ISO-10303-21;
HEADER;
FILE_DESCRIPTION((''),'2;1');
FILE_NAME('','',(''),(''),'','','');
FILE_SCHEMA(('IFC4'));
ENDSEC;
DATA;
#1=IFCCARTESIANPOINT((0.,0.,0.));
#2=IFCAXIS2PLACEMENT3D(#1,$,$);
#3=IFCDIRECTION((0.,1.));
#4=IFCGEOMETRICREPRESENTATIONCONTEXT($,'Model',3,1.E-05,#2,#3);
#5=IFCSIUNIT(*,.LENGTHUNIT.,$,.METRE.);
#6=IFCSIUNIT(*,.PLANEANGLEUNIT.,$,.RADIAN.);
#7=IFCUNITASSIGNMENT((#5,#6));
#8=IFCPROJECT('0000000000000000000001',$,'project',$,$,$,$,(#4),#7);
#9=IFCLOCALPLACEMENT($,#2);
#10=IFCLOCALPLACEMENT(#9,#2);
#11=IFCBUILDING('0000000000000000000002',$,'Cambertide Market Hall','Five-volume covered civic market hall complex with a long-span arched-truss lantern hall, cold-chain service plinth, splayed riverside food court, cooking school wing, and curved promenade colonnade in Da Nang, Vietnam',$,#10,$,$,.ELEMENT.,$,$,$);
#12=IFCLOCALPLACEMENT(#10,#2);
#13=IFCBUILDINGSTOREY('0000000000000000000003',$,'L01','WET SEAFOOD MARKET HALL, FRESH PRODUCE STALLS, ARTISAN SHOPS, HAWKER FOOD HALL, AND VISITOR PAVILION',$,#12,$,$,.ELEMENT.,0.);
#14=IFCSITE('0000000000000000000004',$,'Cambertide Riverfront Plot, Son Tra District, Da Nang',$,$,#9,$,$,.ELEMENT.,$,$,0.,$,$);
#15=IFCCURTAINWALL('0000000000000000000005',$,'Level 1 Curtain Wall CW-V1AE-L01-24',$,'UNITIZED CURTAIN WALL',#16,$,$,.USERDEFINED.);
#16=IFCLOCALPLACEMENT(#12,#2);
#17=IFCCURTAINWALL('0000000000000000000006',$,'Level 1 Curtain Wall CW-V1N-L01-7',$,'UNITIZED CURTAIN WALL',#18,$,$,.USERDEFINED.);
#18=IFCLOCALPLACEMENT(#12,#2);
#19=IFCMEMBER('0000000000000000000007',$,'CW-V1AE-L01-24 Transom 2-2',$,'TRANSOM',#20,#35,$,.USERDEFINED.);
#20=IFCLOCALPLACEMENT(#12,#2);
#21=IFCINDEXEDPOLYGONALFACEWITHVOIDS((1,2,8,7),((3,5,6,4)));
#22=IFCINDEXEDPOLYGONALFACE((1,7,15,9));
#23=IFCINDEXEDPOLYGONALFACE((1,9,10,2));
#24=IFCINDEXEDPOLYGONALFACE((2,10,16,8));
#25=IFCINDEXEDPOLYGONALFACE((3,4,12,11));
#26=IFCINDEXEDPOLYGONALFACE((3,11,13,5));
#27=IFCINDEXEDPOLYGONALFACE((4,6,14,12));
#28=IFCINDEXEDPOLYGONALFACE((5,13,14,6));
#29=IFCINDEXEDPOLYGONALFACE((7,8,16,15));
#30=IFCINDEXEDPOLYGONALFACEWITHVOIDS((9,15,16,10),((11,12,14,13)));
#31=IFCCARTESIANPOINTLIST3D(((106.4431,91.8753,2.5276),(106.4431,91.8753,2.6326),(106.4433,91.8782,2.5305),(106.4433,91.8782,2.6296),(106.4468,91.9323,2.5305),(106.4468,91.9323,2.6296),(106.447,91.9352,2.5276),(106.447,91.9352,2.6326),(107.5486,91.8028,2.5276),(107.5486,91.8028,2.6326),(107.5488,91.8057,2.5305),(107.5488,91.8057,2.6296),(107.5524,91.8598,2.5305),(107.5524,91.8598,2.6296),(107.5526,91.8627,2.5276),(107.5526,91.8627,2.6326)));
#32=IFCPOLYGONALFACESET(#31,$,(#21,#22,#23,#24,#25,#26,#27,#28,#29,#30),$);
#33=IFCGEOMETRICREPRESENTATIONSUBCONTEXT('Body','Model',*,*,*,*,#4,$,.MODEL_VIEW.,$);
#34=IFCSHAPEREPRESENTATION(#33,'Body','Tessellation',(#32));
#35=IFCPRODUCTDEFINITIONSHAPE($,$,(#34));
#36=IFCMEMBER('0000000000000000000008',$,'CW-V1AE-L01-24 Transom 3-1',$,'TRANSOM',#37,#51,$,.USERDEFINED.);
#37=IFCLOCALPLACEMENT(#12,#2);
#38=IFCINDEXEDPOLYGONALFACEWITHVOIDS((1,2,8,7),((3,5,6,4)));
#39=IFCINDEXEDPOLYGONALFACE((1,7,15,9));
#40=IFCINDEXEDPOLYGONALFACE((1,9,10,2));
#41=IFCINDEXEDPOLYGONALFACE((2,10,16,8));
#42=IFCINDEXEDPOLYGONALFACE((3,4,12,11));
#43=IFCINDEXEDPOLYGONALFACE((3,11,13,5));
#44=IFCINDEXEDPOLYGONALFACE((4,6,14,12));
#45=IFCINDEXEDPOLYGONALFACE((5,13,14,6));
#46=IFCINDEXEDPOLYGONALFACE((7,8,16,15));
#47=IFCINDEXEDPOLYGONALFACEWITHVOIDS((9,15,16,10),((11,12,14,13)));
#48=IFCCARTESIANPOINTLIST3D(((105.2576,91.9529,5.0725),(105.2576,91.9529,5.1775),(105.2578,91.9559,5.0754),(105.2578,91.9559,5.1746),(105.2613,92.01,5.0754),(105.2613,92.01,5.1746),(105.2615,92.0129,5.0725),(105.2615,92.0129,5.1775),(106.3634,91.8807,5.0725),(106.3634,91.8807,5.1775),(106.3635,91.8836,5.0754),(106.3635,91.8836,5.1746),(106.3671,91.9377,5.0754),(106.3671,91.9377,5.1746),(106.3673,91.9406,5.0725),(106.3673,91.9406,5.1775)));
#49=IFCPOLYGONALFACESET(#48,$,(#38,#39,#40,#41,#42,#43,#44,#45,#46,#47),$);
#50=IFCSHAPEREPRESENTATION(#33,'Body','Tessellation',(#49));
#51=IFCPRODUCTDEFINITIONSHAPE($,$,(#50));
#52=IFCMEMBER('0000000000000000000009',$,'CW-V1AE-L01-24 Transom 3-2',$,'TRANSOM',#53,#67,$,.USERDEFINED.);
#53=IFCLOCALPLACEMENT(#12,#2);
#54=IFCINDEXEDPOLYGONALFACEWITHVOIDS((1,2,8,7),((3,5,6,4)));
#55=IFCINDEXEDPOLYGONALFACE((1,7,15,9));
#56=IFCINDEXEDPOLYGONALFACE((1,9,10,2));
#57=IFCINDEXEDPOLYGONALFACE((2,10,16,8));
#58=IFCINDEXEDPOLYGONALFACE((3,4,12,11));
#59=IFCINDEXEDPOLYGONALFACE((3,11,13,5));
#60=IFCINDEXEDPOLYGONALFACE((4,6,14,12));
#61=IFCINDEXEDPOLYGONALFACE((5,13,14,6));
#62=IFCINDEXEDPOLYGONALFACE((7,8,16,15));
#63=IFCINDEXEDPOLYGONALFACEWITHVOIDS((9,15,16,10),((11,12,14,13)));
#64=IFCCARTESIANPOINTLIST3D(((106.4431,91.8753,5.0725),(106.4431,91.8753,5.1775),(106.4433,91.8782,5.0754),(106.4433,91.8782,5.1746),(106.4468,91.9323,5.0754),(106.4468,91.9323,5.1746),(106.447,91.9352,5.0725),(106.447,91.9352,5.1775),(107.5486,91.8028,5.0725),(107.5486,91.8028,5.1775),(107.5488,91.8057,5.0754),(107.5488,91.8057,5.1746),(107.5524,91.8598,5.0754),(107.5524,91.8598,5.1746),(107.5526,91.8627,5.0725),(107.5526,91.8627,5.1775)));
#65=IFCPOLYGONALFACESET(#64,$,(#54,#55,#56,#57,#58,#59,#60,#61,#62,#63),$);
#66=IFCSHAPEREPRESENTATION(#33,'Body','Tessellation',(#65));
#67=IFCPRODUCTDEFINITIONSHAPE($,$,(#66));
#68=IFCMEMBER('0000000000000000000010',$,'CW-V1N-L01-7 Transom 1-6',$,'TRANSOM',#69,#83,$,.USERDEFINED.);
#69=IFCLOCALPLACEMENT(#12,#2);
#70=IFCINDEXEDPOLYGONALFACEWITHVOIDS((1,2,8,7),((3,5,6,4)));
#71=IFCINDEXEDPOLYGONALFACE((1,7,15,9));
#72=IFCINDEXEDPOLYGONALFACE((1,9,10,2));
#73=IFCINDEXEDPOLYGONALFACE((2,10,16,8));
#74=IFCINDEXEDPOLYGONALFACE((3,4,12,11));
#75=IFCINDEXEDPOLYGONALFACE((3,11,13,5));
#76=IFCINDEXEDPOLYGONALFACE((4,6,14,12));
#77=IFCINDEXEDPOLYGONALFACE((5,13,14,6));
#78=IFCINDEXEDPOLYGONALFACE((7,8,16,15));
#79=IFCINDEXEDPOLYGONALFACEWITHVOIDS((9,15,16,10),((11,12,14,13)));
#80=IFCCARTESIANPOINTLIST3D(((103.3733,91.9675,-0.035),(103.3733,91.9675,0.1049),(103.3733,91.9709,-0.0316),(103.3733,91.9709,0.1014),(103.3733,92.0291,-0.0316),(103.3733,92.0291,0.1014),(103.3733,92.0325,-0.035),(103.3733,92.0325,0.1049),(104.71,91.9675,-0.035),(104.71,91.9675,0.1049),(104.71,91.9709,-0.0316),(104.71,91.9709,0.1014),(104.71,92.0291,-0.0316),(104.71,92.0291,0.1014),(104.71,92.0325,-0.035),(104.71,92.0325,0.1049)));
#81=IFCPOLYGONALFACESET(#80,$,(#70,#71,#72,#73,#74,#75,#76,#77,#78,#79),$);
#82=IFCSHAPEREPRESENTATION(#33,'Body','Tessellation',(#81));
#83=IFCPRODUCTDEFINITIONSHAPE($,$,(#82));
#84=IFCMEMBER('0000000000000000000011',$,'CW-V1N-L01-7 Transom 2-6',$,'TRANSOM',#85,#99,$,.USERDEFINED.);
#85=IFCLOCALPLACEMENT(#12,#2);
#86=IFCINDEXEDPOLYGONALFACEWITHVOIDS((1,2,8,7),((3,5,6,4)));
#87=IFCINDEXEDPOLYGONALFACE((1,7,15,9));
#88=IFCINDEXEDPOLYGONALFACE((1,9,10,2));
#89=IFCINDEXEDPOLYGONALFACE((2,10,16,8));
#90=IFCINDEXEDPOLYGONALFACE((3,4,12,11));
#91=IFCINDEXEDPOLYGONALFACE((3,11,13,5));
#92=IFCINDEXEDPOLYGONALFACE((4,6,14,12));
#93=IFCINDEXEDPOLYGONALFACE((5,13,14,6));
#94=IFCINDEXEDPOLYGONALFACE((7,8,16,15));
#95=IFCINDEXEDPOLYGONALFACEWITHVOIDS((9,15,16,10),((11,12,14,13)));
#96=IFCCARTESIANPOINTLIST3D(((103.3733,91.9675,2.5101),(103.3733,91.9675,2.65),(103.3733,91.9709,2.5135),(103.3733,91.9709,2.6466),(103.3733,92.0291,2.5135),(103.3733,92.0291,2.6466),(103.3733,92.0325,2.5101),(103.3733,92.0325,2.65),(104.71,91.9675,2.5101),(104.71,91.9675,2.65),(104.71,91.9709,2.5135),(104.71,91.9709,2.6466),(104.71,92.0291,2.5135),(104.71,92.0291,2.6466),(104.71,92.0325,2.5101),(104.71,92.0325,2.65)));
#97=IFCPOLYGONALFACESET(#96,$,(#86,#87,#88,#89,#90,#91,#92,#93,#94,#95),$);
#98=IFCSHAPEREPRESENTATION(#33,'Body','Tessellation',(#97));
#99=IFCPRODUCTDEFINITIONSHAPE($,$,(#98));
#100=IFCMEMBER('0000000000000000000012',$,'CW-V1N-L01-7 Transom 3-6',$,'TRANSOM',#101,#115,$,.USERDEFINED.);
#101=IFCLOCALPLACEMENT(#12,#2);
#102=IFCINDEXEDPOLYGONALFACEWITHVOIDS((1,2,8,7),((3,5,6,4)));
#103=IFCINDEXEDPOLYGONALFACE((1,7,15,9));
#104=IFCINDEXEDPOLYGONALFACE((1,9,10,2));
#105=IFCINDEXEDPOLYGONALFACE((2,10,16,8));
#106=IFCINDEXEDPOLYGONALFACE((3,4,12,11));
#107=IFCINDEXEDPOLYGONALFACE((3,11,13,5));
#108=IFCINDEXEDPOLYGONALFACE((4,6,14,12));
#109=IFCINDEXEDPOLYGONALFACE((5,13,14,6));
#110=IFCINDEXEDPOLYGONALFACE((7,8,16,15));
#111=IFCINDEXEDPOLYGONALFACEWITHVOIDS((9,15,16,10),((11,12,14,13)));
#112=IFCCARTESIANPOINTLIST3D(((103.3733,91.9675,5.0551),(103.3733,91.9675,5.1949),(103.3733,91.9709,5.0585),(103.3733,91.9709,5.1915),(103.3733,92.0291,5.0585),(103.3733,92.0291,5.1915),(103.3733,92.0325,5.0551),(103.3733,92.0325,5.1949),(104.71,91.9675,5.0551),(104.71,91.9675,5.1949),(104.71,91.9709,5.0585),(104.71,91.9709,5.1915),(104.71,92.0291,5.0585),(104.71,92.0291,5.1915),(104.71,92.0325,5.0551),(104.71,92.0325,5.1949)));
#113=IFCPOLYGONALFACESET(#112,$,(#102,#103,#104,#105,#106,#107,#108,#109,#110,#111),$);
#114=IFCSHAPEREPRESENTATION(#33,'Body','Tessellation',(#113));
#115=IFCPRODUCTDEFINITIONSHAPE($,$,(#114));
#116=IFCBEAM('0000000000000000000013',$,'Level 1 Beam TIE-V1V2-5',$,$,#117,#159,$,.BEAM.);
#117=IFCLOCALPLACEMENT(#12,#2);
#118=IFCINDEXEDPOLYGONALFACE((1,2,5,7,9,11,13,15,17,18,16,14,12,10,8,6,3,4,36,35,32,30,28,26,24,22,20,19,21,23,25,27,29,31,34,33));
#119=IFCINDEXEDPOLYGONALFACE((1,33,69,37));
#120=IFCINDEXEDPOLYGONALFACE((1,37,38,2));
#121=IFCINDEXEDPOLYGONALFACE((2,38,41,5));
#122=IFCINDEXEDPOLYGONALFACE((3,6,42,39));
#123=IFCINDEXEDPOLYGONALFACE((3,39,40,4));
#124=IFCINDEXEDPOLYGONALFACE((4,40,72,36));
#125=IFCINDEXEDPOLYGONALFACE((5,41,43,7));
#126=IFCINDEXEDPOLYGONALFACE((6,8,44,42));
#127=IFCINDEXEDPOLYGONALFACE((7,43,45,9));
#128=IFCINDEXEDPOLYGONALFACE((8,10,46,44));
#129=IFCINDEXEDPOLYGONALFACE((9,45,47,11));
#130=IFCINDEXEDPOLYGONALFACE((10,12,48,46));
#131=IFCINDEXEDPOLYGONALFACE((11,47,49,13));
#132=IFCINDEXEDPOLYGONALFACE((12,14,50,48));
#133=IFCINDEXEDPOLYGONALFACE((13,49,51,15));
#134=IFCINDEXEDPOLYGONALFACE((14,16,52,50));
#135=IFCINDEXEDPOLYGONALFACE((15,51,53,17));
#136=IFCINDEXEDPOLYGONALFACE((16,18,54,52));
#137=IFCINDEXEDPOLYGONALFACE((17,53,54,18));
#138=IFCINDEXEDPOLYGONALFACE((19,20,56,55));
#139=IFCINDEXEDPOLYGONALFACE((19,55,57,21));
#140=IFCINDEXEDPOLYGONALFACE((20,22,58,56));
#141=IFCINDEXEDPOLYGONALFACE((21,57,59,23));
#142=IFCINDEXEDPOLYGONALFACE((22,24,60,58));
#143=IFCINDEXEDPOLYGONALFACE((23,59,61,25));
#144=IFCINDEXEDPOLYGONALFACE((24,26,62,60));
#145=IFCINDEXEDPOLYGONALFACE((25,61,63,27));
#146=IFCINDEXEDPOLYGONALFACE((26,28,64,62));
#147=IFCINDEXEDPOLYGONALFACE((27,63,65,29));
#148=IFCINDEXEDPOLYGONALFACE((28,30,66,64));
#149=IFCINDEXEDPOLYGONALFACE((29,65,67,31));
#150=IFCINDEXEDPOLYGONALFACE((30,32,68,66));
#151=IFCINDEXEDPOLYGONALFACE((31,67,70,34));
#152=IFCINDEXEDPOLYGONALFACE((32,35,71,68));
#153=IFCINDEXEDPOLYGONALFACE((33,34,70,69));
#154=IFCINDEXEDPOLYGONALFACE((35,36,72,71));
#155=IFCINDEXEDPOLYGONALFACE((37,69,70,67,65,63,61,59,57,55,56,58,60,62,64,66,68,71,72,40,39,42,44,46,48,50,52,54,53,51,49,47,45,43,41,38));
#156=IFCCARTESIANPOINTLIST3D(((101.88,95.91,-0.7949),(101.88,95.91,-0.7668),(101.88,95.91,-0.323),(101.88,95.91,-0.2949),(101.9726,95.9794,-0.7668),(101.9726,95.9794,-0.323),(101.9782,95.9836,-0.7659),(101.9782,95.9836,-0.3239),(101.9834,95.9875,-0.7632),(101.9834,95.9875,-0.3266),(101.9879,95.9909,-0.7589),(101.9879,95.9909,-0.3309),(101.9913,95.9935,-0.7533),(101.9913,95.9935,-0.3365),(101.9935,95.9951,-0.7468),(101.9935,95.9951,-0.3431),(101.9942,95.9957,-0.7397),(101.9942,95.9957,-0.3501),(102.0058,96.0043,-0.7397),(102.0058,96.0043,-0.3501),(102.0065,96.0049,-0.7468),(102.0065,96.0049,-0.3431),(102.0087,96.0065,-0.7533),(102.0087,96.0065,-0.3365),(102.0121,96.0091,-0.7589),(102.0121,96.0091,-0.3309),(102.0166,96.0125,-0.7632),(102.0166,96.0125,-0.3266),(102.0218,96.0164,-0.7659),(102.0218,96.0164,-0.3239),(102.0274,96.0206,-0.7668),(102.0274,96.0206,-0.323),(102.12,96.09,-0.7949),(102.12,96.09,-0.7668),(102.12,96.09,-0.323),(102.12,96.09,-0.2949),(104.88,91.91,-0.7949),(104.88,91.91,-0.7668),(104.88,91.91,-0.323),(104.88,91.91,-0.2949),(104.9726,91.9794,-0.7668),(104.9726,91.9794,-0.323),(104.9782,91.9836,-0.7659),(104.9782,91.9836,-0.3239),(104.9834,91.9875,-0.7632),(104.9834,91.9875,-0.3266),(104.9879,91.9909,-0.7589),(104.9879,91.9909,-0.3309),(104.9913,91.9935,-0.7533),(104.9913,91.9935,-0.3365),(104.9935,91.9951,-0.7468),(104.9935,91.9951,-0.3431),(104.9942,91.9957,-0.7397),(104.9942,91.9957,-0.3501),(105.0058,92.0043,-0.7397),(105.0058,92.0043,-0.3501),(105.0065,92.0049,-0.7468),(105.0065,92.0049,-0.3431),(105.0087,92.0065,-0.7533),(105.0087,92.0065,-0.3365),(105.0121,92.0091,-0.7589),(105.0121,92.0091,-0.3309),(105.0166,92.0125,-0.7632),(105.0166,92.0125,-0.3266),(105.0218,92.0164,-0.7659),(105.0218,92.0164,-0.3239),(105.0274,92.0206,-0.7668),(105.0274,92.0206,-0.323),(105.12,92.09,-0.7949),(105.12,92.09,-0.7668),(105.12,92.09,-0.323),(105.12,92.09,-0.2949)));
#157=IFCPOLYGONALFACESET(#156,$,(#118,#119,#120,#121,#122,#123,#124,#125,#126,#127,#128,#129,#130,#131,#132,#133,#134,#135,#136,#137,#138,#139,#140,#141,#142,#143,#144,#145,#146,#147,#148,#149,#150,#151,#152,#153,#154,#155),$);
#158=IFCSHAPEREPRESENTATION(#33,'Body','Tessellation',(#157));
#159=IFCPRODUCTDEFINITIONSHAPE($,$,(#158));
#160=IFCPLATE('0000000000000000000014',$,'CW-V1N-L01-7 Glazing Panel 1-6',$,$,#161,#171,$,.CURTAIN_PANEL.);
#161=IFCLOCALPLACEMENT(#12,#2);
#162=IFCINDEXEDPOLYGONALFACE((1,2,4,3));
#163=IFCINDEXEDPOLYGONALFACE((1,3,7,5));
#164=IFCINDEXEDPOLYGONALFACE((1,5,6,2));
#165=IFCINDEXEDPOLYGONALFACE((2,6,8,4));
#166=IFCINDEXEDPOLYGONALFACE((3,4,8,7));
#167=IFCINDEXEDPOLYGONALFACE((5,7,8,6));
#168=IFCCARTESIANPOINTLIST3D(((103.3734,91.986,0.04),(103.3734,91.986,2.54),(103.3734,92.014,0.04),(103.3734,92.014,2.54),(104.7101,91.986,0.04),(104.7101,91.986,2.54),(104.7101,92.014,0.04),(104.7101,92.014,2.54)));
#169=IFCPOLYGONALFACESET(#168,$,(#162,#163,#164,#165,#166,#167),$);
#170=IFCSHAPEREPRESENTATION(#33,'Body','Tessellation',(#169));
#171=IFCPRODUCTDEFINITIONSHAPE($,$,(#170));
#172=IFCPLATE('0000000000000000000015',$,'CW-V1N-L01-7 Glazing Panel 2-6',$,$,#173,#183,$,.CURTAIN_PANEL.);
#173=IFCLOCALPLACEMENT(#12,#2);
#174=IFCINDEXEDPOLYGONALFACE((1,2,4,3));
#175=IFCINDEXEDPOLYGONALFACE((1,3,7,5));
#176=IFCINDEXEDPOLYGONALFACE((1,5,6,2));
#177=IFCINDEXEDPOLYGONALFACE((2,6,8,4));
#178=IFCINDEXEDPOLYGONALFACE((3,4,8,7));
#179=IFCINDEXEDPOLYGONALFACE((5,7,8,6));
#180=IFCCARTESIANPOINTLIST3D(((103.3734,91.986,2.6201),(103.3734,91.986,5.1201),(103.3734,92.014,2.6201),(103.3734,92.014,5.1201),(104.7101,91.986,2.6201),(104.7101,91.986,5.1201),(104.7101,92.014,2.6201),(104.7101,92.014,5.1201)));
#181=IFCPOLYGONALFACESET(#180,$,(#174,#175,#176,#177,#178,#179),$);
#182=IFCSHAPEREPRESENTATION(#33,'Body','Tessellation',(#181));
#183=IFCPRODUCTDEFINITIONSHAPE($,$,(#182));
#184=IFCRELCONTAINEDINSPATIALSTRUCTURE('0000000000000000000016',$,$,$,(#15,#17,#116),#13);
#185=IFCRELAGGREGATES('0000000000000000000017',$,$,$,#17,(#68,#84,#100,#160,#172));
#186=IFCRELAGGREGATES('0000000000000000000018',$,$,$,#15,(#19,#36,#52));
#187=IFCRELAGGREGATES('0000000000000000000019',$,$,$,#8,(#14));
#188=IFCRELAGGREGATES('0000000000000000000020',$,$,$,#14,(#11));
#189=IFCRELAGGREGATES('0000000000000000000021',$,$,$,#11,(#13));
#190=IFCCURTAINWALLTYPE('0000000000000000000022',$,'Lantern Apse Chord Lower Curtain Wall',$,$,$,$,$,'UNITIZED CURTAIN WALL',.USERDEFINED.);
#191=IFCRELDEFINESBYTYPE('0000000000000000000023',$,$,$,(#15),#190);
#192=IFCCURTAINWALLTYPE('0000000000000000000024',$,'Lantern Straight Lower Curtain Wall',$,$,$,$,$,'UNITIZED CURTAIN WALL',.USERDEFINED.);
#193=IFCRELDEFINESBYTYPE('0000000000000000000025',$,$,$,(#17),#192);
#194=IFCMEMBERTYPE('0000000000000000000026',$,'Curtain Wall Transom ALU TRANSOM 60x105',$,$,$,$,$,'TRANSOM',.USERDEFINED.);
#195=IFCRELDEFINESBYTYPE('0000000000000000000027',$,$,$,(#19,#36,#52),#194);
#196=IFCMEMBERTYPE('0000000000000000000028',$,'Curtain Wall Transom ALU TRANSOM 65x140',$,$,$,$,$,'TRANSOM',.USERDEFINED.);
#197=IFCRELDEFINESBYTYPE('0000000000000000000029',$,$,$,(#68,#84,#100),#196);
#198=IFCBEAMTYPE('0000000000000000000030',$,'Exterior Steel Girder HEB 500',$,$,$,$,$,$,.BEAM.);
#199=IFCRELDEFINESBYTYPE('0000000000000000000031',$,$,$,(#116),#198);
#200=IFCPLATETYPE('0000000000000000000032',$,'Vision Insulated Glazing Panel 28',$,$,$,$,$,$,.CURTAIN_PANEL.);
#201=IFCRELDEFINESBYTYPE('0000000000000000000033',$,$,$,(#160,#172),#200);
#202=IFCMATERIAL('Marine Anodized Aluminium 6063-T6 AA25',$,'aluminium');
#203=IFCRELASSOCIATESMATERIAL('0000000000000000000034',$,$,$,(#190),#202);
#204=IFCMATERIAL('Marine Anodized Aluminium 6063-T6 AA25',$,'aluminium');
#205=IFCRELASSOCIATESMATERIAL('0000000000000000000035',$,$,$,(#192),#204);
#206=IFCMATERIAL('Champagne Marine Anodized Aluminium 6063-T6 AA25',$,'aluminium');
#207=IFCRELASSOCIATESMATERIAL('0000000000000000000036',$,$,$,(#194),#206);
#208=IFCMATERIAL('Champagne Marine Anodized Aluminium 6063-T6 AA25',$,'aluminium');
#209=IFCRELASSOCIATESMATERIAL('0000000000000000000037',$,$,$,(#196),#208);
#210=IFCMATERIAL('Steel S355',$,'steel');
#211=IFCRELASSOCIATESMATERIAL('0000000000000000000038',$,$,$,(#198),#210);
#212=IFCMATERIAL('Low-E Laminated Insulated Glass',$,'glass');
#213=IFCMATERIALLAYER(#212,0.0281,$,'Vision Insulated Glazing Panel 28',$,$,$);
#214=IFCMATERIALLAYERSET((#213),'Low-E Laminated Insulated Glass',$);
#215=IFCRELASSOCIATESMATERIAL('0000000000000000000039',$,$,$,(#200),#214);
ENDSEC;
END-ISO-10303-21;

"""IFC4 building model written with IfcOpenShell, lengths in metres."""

from ifc_helpers import new_model, si_unit, direction, frame, origin, origin_2d, place, context, subcontext, project, spatial, rectangle, hollow_rectangle, i_section, extrude, material, layer, layer_set, material_profile, profile_set, type_object, element, aggregate, save


model = new_model("IFC4")

# Units and contexts
model_context = context("Model", 3, precision=1e-05, world=origin(), true_north=direction((0.0, 1.0)))
body_context = subcontext(model_context, "Body", "Model", "MODEL_VIEW")
ifc_project = project(units=[si_unit("LENGTHUNIT", "METRE"), si_unit("PLANEANGLEUNIT", "RADIAN")], contexts=[model_context])

# Site, building, storey
site_placement = place(None, origin())
site = spatial("IfcSite", under=ifc_project, at=site_placement, Name="Cambertide Riverfront Plot, Son Tra District, Da Nang", CompositionType="ELEMENT", RefElevation=0.0)
building_placement = place(site_placement, origin())
building = spatial("IfcBuilding", under=site, at=building_placement, Name="Cambertide Market Hall", Description="Five-volume covered civic market hall complex with a long-span arched-truss lantern hall, cold-chain service plinth, splayed riverside food court, cooking school wing, and curved promenade colonnade in Da Nang, Vietnam", CompositionType="ELEMENT")
storey_placement = place(building_placement, origin())
storey = spatial("IfcBuildingStorey", under=building, at=storey_placement, Name="L01", Description="WET SEAFOOD MARKET HALL, FRESH PRODUCE STALLS, ARTISAN SHOPS, HAWKER FOOD HALL, AND VISITOR PAVILION", CompositionType="ELEMENT", Elevation=0.0)

# Curtain walls
ifc_material_1 = material(Name="Marine Anodized Aluminium 6063-T6 AA25", Category="aluminium")
curtain_wall_type_1 = type_object("IfcCurtainWallType", Name="Lantern Apse Chord Lower Curtain Wall", ElementType="UNITIZED CURTAIN WALL", PredefinedType="USERDEFINED", material=ifc_material_1)
curtain_wall_1_placement = place(storey_placement, origin())
curtain_wall_1 = element("IfcCurtainWall", 1, at=curtain_wall_1_placement, inside=storey, type_object=curtain_wall_type_1, Name="Level 1 Curtain Wall CW-V1AE-L01-24", ObjectType="UNITIZED CURTAIN WALL", PredefinedType="USERDEFINED")
ifc_material_2 = material(Name="Marine Anodized Aluminium 6063-T6 AA25", Category="aluminium")
curtain_wall_type_2 = type_object("IfcCurtainWallType", Name="Lantern Straight Lower Curtain Wall", ElementType="UNITIZED CURTAIN WALL", PredefinedType="USERDEFINED", material=ifc_material_2)
curtain_wall_2_placement = place(storey_placement, origin())
curtain_wall_2 = element("IfcCurtainWall", 2, at=curtain_wall_2_placement, inside=storey, type_object=curtain_wall_type_2, Name="Level 1 Curtain Wall CW-V1N-L01-7", ObjectType="UNITIZED CURTAIN WALL", PredefinedType="USERDEFINED")

# Members
ifc_material_3 = material(Name="Champagne Marine Anodized Aluminium 6063-T6 AA25", Category="aluminium")
ifc_material_profile_1 = material_profile(ifc_material_3, hollow_rectangle(XDim=0.0601, YDim=0.105, WallThickness=0.0029, at=origin_2d()), Name="ALU TRANSOM 60x105")
ifc_profile_set_1 = profile_set([ifc_material_profile_1], Name="Champagne Marine Anodized Aluminium 6063-T6 AA25")
member_type_1 = type_object("IfcMemberType", Name="Curtain Wall Transom ALU TRANSOM 60x105", ElementType="TRANSOM", PredefinedType="USERDEFINED", material=ifc_profile_set_1)
member_1_placement = place(storey_placement, frame((106.4451, 91.9053, 2.5801), z_axis=(0.997856, -0.065451, 0.0), x_axis=(0.065451, 0.997856, 0.0)))
member_1 = element("IfcMember", 3, at=member_1_placement, type_object=member_type_1, Name="CW-V1AE-L01-24 Transom 2-2", ObjectType="TRANSOM", PredefinedType="USERDEFINED", context=body_context, shape_type="SweptSolid", body=[
    extrude(hollow_rectangle(XDim=0.0601, YDim=0.105, WallThickness=0.0029, at=origin_2d()), origin(), (0.0, 0.0, 1.0), 1.1079),
])
member_2_placement = place(storey_placement, frame((105.2595, 91.9829, 5.125), z_axis=(0.997871, -0.065217, 0.0), x_axis=(0.065217, 0.997871, 0.0)))
member_2 = element("IfcMember", 4, at=member_2_placement, type_object=member_type_1, Name="CW-V1AE-L01-24 Transom 3-1", ObjectType="TRANSOM", PredefinedType="USERDEFINED", context=body_context, shape_type="SweptSolid", body=[
    extrude(hollow_rectangle(XDim=0.0601, YDim=0.105, WallThickness=0.0029, at=origin_2d()), origin(), (0.0, 0.0, 1.0), 1.1082),
])
member_3_placement = place(storey_placement, frame((106.4451, 91.9053, 5.125), z_axis=(0.997856, -0.065451, 0.0), x_axis=(0.065451, 0.997856, 0.0)))
member_3 = element("IfcMember", 5, at=member_3_placement, type_object=member_type_1, Name="CW-V1AE-L01-24 Transom 3-2", ObjectType="TRANSOM", PredefinedType="USERDEFINED", context=body_context, shape_type="SweptSolid", body=[
    extrude(hollow_rectangle(XDim=0.0601, YDim=0.105, WallThickness=0.0029, at=origin_2d()), origin(), (0.0, 0.0, 1.0), 1.1079),
])
ifc_material_4 = material(Name="Champagne Marine Anodized Aluminium 6063-T6 AA25", Category="aluminium")
ifc_material_profile_2 = material_profile(ifc_material_4, hollow_rectangle(XDim=0.0649, YDim=0.1399, WallThickness=0.0034, at=origin_2d()), Name="ALU TRANSOM 65x140")
ifc_profile_set_2 = profile_set([ifc_material_profile_2], Name="Champagne Marine Anodized Aluminium 6063-T6 AA25")
member_type_2 = type_object("IfcMemberType", Name="Curtain Wall Transom ALU TRANSOM 65x140", ElementType="TRANSOM", PredefinedType="USERDEFINED", material=ifc_profile_set_2)
member_4_placement = place(storey_placement, frame((103.3733, 92.0, 0.0349), z_axis=(1.0, 0.0, 0.0), x_axis=(0.0, 1.0, 0.0)))
member_4 = element("IfcMember", 6, at=member_4_placement, type_object=member_type_2, Name="CW-V1N-L01-7 Transom 1-6", ObjectType="TRANSOM", PredefinedType="USERDEFINED", context=body_context, shape_type="SweptSolid", body=[
    extrude(hollow_rectangle(XDim=0.0649, YDim=0.1399, WallThickness=0.0034, at=origin_2d()), origin(), (0.0, 0.0, 1.0), 1.3367),
])
member_5_placement = place(storey_placement, frame((103.3733, 92.0, 2.5801), z_axis=(1.0, 0.0, 0.0), x_axis=(0.0, 1.0, 0.0)))
member_5 = element("IfcMember", 7, at=member_5_placement, type_object=member_type_2, Name="CW-V1N-L01-7 Transom 2-6", ObjectType="TRANSOM", PredefinedType="USERDEFINED", context=body_context, shape_type="SweptSolid", body=[
    extrude(hollow_rectangle(XDim=0.0649, YDim=0.1399, WallThickness=0.0034, at=origin_2d()), origin(), (0.0, 0.0, 1.0), 1.3367),
])
member_6_placement = place(storey_placement, frame((103.3733, 92.0, 5.125), z_axis=(1.0, 0.0, 0.0), x_axis=(0.0, 1.0, 0.0)))
member_6 = element("IfcMember", 8, at=member_6_placement, type_object=member_type_2, Name="CW-V1N-L01-7 Transom 3-6", ObjectType="TRANSOM", PredefinedType="USERDEFINED", context=body_context, shape_type="SweptSolid", body=[
    extrude(hollow_rectangle(XDim=0.0649, YDim=0.1399, WallThickness=0.0034, at=origin_2d()), origin(), (0.0, 0.0, 1.0), 1.3367),
])

# Beam
ifc_material_5 = material(Name="Steel S355", Category="steel")
ifc_material_profile_3 = material_profile(ifc_material_5, i_section(OverallWidth=0.3, OverallDepth=0.5, WebThickness=0.0144, FlangeThickness=0.0281, FilletRadius=0.0271, at=origin_2d()), Name="HEB 500")
ifc_profile_set_3 = profile_set([ifc_material_profile_3], Name="Steel S355")
beam_type = type_object("IfcBeamType", Name="Exterior Steel Girder HEB 500", PredefinedType="BEAM", material=ifc_profile_set_3)
beam_placement = place(storey_placement, frame((105.0, 92.0, -0.5449), z_axis=(-0.6, 0.8, 0.0), x_axis=(-0.8, -0.6, 0.0)))
element("IfcBeam", 9, at=beam_placement, inside=storey, type_object=beam_type, Name="Level 1 Beam TIE-V1V2-5", PredefinedType="BEAM", context=body_context, shape_type="SweptSolid", body=[
    extrude(i_section(OverallWidth=0.3, OverallDepth=0.5, WebThickness=0.0144, FlangeThickness=0.0281, FilletRadius=0.0271, at=origin_2d()), origin(), (0.0, 0.0, 1.0), 5.0),
])

# Plates
ifc_material_6 = material(Name="Low-E Laminated Insulated Glass", Category="glass")
ifc_layer_1 = layer(ifc_material_6, 0.0281, Name="Vision Insulated Glazing Panel 28")
ifc_layer_set_1 = layer_set([ifc_layer_1], Name="Low-E Laminated Insulated Glass")
plate_type = type_object("IfcPlateType", Name="Vision Insulated Glazing Panel 28", PredefinedType="CURTAIN_PANEL", material=ifc_layer_set_1)
plate_1_placement = place(storey_placement, frame((104.0417, 92.0, 0.04), z_axis=(0.0, 0.0, 1.0), x_axis=(1.0, 0.0, 0.0)))
plate_1 = element("IfcPlate", 10, at=plate_1_placement, type_object=plate_type, Name="CW-V1N-L01-7 Glazing Panel 1-6", PredefinedType="CURTAIN_PANEL", context=body_context, shape_type="SweptSolid", body=[
    extrude(rectangle(XDim=1.3367, YDim=0.0281, at=origin_2d()), origin(), (0.0, 0.0, 1.0), 2.5),
])
plate_2_placement = place(storey_placement, frame((104.0417, 92.0, 2.6201), z_axis=(0.0, 0.0, 1.0), x_axis=(1.0, 0.0, 0.0)))
plate_2 = element("IfcPlate", 11, at=plate_2_placement, type_object=plate_type, Name="CW-V1N-L01-7 Glazing Panel 2-6", PredefinedType="CURTAIN_PANEL", context=body_context, shape_type="SweptSolid", body=[
    extrude(rectangle(XDim=1.3367, YDim=0.0281, at=origin_2d()), origin(), (0.0, 0.0, 1.0), 2.5),
])
aggregate(curtain_wall_2, [member_4, member_5, member_6, plate_1, plate_2])
aggregate(curtain_wall_1, [member_1, member_2, member_3])

save(model, "model.ifc")
